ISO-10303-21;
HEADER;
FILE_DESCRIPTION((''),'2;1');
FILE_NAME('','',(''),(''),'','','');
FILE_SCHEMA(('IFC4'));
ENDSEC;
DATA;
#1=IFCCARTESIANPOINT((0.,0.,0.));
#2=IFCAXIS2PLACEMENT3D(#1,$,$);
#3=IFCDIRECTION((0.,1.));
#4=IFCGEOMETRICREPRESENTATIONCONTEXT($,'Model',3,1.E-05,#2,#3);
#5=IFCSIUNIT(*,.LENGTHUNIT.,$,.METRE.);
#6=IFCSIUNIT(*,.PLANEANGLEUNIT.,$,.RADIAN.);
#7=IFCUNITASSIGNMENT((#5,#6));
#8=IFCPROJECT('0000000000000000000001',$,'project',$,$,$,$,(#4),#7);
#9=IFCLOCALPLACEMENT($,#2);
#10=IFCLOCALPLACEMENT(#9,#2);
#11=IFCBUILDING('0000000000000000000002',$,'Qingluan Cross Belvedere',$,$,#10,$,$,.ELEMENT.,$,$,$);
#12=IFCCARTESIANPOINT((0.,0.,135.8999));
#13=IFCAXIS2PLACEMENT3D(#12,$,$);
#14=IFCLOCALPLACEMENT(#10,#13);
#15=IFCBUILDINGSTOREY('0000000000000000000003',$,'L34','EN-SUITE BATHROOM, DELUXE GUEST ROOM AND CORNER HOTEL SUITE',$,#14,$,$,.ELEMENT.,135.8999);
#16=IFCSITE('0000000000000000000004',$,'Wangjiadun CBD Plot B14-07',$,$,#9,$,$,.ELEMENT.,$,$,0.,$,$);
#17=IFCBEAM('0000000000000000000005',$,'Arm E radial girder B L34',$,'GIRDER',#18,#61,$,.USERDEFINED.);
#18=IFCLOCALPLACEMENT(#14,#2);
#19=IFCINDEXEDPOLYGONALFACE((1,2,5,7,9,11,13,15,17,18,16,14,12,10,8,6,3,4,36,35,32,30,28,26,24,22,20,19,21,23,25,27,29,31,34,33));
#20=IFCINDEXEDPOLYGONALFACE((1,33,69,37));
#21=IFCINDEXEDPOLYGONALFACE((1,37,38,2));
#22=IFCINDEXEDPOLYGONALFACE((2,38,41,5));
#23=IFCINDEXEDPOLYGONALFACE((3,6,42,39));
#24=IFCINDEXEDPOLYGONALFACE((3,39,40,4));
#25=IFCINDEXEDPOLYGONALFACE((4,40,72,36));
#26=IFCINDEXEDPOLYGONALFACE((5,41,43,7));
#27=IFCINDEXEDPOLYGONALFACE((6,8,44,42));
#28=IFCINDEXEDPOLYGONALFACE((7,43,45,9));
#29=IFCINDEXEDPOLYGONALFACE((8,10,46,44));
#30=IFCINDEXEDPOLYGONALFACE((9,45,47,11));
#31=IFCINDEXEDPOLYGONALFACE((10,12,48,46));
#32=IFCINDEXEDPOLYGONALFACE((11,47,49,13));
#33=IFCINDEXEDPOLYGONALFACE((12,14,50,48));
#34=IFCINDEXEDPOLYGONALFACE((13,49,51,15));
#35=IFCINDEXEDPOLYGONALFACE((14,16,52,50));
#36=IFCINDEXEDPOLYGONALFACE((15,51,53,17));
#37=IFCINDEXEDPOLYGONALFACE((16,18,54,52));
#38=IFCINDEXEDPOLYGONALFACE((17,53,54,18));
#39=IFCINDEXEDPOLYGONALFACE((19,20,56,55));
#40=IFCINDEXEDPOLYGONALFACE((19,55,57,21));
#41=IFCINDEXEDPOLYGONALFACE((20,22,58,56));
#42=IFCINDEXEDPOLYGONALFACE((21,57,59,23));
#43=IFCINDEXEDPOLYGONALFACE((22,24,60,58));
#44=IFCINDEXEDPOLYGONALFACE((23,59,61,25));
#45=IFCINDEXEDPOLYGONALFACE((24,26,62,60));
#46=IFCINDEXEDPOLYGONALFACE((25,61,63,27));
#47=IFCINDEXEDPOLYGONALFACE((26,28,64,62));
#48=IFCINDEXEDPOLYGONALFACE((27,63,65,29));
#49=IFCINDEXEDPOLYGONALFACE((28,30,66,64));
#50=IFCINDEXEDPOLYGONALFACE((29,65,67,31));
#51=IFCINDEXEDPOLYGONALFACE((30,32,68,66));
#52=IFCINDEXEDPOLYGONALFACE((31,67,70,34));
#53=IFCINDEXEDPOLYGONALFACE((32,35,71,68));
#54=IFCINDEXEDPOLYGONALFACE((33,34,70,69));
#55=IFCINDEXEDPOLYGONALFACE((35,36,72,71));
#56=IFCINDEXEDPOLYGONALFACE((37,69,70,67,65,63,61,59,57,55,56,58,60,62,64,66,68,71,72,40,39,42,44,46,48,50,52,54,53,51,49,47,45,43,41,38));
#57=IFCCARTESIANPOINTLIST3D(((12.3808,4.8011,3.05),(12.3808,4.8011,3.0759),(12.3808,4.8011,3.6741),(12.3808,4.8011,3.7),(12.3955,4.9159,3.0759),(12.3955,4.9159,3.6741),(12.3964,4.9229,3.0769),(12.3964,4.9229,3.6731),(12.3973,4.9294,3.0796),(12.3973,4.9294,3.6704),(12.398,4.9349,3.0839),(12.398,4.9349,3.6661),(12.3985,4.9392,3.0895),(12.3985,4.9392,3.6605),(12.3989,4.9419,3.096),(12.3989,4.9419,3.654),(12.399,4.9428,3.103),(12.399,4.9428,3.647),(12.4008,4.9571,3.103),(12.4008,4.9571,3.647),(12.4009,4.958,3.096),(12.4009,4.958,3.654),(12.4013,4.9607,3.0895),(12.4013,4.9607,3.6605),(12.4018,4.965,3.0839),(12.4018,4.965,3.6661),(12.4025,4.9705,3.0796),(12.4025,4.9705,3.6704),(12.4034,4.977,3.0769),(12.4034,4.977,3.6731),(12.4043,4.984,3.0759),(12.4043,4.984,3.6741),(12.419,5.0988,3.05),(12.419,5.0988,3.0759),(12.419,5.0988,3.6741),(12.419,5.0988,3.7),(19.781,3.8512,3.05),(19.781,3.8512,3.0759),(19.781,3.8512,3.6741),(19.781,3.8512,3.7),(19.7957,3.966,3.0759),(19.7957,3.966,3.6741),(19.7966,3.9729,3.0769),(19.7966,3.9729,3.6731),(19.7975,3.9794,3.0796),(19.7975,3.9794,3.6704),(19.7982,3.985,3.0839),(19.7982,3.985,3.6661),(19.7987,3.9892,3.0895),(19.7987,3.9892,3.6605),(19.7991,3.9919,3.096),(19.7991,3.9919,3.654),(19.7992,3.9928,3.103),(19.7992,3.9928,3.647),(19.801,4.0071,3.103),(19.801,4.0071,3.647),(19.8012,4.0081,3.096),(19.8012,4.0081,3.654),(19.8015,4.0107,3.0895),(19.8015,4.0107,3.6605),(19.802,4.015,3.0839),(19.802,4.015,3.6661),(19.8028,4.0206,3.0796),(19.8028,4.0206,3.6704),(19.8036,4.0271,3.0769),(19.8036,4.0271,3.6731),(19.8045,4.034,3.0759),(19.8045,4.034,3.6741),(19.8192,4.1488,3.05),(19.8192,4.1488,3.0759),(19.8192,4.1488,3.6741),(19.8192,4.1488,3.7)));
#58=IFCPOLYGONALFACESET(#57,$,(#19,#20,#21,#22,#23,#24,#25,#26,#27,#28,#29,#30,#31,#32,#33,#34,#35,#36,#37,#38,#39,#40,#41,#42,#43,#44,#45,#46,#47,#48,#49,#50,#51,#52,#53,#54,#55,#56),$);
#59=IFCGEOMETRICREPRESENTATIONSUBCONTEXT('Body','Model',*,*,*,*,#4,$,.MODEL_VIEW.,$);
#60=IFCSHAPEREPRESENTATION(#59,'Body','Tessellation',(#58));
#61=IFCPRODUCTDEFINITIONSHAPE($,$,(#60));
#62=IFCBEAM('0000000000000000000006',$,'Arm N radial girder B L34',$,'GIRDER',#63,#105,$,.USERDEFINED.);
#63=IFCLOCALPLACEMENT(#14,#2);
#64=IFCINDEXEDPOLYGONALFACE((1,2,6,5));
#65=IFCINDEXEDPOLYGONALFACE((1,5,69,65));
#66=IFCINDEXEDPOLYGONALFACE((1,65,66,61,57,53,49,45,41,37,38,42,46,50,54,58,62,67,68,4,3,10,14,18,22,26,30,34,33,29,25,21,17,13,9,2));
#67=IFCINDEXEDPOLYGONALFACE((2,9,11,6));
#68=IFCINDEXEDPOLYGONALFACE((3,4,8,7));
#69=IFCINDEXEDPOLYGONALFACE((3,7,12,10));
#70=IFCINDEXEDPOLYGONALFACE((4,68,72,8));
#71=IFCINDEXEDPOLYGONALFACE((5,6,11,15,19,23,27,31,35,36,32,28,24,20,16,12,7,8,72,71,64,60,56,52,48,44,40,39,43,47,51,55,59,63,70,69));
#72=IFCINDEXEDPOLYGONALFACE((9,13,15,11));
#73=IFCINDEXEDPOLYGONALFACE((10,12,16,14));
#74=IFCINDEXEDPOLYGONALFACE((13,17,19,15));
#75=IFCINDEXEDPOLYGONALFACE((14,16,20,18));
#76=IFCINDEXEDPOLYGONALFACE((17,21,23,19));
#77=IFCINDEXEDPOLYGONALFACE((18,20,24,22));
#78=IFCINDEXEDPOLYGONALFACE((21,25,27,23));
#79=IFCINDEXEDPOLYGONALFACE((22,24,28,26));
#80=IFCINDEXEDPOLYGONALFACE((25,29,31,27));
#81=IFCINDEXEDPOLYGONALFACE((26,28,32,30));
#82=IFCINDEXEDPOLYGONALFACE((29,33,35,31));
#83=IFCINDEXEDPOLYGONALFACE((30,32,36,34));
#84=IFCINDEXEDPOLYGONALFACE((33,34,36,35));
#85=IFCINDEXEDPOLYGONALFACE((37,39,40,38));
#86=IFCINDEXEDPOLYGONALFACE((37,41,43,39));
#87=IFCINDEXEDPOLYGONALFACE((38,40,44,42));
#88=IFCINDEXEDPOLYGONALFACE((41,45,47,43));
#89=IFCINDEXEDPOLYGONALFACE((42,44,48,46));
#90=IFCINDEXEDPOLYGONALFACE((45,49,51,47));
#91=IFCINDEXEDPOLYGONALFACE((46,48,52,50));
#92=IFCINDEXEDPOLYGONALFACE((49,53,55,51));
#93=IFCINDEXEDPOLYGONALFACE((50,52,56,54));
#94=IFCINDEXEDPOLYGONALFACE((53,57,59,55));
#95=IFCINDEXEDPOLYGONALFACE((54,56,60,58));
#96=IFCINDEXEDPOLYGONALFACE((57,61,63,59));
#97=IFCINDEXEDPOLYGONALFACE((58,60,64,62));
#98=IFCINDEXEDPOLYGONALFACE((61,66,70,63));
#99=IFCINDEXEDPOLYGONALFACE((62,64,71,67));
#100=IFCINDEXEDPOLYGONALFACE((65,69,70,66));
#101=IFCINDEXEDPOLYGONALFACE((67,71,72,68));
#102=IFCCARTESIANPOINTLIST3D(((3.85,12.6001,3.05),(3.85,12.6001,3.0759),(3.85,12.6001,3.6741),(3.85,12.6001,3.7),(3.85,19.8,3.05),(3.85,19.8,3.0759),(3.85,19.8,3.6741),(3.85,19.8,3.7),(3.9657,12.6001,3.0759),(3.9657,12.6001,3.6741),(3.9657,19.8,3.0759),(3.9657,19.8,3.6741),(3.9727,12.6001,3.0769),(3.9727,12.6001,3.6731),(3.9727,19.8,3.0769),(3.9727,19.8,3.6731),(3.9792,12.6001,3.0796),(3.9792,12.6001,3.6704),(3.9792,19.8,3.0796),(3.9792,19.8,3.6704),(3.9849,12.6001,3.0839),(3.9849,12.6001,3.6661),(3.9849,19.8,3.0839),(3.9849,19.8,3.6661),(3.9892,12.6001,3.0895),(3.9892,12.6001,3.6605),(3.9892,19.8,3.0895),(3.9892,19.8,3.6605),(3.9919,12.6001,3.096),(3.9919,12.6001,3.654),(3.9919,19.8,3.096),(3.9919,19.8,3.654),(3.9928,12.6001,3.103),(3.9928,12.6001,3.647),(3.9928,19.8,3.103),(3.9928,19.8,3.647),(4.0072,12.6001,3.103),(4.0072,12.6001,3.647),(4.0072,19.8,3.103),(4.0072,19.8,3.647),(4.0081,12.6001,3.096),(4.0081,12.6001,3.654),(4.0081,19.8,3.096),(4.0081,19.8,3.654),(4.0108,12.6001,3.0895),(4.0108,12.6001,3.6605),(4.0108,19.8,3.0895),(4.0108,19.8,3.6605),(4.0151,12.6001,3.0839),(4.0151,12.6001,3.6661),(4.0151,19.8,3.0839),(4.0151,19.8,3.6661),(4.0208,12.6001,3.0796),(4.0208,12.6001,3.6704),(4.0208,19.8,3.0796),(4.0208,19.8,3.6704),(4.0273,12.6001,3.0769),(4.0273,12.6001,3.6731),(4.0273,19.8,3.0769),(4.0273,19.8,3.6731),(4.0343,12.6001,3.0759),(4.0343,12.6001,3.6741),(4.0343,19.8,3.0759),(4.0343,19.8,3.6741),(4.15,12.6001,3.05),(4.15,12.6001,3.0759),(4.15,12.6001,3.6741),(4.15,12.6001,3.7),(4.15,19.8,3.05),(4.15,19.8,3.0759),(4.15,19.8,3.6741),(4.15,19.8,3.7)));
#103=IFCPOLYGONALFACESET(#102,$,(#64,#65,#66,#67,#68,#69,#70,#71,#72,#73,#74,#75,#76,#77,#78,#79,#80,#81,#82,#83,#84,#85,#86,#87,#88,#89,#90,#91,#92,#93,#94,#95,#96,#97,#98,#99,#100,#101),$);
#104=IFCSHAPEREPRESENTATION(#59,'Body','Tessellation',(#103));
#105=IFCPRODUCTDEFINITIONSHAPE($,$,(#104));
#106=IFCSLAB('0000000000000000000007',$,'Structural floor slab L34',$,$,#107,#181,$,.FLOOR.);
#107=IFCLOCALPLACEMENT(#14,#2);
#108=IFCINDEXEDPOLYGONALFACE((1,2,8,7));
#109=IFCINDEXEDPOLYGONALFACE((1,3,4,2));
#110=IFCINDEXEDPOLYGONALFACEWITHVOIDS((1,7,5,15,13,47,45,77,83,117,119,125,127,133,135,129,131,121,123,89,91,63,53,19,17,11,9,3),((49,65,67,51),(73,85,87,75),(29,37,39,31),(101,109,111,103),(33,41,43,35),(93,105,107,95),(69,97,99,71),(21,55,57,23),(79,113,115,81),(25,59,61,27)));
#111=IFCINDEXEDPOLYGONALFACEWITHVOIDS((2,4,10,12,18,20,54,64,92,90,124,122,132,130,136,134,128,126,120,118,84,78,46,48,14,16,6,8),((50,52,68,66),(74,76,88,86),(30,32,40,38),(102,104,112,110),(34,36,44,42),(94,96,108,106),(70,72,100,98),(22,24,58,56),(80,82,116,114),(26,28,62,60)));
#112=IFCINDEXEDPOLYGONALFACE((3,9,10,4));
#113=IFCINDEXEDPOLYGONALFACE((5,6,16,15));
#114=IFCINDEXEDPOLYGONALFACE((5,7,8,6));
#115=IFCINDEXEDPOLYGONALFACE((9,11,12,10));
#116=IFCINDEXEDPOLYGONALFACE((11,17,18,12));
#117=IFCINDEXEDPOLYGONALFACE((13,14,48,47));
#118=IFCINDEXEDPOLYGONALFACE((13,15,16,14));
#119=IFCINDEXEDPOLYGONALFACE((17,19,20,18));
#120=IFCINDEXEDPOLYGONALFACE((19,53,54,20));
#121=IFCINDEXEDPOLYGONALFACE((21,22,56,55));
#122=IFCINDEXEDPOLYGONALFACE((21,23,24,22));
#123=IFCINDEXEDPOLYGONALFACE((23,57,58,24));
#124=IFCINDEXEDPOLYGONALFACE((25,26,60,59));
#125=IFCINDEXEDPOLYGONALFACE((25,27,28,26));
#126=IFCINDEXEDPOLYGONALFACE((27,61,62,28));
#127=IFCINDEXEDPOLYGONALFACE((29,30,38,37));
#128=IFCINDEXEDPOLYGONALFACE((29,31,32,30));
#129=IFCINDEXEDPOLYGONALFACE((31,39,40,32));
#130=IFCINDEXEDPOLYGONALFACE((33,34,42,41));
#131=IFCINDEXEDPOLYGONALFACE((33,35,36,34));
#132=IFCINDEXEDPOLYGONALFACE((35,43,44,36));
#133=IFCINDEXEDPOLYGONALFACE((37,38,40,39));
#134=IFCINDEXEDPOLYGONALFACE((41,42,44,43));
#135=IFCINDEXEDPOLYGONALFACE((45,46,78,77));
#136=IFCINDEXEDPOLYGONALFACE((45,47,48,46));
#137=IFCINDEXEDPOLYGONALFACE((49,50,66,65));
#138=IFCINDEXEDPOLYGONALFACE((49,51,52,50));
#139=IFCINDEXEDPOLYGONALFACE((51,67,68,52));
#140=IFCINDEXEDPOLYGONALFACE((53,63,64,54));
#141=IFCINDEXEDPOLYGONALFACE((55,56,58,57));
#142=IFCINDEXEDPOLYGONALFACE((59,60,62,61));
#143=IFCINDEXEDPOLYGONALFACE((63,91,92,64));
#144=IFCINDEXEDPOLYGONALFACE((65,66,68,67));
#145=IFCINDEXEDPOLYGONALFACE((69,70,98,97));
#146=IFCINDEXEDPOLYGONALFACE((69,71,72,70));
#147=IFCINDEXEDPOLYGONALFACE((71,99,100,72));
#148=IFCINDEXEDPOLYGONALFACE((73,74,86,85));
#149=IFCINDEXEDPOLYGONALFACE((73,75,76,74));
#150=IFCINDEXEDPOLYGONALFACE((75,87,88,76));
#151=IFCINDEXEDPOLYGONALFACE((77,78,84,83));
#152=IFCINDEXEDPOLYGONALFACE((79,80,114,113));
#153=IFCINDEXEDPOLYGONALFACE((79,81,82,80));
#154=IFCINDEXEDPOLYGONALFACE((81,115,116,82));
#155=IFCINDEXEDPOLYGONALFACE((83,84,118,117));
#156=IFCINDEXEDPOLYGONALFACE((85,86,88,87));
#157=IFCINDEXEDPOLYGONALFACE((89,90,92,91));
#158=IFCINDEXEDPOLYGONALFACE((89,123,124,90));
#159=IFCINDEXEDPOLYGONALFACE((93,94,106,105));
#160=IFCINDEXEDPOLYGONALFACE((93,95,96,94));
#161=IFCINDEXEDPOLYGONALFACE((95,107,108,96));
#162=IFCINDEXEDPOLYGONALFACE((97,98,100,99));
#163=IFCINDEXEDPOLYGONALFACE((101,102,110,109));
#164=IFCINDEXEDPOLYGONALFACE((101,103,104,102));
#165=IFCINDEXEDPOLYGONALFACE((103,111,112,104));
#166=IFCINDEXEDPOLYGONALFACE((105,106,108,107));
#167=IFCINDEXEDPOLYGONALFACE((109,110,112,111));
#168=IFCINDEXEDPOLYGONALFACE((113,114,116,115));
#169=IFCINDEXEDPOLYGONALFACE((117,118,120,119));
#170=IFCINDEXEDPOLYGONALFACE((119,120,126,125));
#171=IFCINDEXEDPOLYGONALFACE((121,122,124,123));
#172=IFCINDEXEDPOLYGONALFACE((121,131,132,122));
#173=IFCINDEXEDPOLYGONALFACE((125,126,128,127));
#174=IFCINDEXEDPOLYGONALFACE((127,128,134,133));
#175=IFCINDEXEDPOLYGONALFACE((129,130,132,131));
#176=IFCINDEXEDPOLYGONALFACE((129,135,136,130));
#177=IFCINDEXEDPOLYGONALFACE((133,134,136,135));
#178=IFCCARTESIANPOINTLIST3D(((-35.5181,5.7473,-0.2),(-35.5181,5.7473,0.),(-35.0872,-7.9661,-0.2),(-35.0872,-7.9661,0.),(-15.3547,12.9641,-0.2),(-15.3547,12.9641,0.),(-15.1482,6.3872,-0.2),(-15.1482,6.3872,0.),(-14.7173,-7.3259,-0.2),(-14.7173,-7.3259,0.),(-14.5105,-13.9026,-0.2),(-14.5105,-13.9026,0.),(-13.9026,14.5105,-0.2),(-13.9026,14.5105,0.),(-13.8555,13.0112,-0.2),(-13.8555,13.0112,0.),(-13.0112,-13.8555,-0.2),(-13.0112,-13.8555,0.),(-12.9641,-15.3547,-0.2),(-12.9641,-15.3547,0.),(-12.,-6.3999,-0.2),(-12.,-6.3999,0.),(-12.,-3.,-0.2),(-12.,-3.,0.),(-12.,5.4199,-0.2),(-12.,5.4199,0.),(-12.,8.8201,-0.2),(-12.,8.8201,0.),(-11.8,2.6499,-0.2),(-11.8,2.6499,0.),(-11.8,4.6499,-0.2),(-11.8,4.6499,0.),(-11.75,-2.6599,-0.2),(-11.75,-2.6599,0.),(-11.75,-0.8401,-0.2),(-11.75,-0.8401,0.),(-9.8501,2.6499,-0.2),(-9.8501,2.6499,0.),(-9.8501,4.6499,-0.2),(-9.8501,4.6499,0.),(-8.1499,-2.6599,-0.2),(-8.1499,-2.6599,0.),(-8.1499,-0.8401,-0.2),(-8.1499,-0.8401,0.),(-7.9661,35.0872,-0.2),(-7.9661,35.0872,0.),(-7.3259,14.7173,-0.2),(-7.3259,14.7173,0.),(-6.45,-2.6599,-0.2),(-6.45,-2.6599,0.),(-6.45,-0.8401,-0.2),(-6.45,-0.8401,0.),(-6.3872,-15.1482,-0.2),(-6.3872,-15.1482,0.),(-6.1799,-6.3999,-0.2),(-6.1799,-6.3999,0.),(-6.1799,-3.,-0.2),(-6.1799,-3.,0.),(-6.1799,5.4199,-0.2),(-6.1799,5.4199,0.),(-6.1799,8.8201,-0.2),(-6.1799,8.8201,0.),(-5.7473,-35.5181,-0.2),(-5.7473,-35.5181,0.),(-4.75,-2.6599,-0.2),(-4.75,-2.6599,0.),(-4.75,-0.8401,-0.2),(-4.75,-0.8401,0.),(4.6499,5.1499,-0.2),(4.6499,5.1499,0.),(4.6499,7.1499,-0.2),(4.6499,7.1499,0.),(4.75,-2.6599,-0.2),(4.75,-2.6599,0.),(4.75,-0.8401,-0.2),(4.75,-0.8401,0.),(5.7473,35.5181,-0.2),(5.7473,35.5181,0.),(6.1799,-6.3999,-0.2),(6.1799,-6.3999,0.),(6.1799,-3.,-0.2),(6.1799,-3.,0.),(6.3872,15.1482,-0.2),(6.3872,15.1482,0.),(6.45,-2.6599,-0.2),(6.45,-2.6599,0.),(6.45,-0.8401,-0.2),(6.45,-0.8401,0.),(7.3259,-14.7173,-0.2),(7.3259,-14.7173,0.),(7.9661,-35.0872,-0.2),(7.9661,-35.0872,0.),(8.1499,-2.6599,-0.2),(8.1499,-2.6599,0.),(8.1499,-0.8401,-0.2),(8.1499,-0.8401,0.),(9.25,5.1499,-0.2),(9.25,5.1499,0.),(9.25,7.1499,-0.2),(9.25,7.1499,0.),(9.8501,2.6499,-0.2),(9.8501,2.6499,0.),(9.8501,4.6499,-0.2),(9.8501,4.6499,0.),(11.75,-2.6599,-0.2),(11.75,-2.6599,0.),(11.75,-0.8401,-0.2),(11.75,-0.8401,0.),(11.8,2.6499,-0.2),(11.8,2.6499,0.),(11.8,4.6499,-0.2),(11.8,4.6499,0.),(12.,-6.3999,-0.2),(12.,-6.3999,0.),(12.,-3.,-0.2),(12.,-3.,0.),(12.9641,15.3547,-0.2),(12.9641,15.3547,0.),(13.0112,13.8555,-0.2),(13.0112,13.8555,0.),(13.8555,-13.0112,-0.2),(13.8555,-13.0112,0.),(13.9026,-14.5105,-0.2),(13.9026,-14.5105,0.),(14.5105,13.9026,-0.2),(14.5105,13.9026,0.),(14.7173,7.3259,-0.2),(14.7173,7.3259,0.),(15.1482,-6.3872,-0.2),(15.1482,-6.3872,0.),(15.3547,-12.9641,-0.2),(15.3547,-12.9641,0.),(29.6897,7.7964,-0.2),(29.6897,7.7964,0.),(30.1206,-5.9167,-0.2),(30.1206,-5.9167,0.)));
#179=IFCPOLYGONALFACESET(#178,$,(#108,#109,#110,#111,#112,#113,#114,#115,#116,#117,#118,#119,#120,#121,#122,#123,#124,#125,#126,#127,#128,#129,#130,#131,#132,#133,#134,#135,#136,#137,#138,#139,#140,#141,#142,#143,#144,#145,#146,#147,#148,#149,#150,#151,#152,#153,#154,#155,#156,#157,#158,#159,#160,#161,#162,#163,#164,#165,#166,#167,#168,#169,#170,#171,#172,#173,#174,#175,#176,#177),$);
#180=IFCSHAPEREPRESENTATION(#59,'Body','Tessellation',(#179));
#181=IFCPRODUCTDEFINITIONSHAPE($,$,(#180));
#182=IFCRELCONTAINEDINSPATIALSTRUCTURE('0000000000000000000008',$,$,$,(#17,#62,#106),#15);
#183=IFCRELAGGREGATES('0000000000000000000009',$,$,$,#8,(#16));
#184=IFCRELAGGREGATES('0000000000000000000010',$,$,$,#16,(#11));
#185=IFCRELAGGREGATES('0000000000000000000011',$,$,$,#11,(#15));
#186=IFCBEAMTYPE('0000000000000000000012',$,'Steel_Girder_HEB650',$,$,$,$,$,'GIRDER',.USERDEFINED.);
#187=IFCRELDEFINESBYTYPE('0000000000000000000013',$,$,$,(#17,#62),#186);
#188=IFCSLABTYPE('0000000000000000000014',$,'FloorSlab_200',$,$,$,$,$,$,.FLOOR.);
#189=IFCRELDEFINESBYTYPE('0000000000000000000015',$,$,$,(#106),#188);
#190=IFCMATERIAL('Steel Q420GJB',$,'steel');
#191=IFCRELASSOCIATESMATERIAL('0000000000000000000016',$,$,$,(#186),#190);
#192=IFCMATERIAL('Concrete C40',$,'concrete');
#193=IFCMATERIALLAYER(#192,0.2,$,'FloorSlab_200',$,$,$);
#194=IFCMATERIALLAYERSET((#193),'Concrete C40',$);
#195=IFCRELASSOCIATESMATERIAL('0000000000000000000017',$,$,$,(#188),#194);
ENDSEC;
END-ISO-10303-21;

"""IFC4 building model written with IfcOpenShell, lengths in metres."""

from ifc_helpers import new_model, si_unit, direction, frame, origin, origin_2d, place, context, subcontext, project, spatial, polyline, i_section, outline, extrude, material, layer, layer_set, material_profile, profile_set, type_object, element, save


model = new_model("IFC4")

# Units and contexts
model_context = context("Model", 3, precision=1e-05, world=origin(), true_north=direction((0.0, 1.0)))
body_context = subcontext(model_context, "Body", "Model", "MODEL_VIEW")
ifc_project = project(units=[si_unit("LENGTHUNIT", "METRE"), si_unit("PLANEANGLEUNIT", "RADIAN")], contexts=[model_context])

# Site, building, storey
site_placement = place(None, origin())
site = spatial("IfcSite", under=ifc_project, at=site_placement, Name="Wangjiadun CBD Plot B14-07", CompositionType="ELEMENT", RefElevation=0.0)
building_placement = place(site_placement, origin())
building = spatial("IfcBuilding", under=site, at=building_placement, Name="Qingluan Cross Belvedere", CompositionType="ELEMENT")
storey_placement = place(building_placement, frame((0.0, 0.0, 135.8999)))
storey = spatial("IfcBuildingStorey", under=building, at=storey_placement, Name="L34", Description="EN-SUITE BATHROOM, DELUXE GUEST ROOM AND CORNER HOTEL SUITE", CompositionType="ELEMENT", Elevation=135.8999)

# Beams
ifc_material_1 = material(Name="Steel Q420GJB", Category="steel")
ifc_material_profile_1 = material_profile(ifc_material_1, i_section(OverallWidth=0.3, OverallDepth=0.6499, WebThickness=0.0144, FlangeThickness=0.0259, FilletRadius=0.0271, at=origin_2d()), Name="HEB650")
ifc_profile_set_1 = profile_set([ifc_material_profile_1], Name="Steel Q420GJB")
beam_type_1 = type_object("IfcBeamType", Name="Steel_Girder_HEB650", ElementType="GIRDER", PredefinedType="USERDEFINED", material=ifc_profile_set_1)
beam_1_placement = place(storey_placement, frame((12.3999, 4.95, 3.375), z_axis=(0.991861, -0.127324, 0.0), x_axis=(0.127324, 0.991861, 0.0)))
element("IfcBeam", 1, at=beam_1_placement, inside=storey, type_object=beam_type_1, Name="Arm E radial girder B L34", ObjectType="GIRDER", PredefinedType="USERDEFINED", context=body_context, shape_type="SweptSolid", body=[
    extrude(i_section(OverallWidth=0.3, OverallDepth=0.6499, WebThickness=0.0144, FlangeThickness=0.0259, FilletRadius=0.0271, at=origin_2d()), origin(), (0.0, 0.0, 1.0), 7.4609),
])
beam_2_placement = place(storey_placement, frame((4.0, 12.6001, 3.375), z_axis=(0.0, 1.0, 0.0), x_axis=(-1.0, 0.0, 0.0)))
element("IfcBeam", 2, at=beam_2_placement, inside=storey, type_object=beam_type_1, Name="Arm N radial girder B L34", ObjectType="GIRDER", PredefinedType="USERDEFINED", context=body_context, shape_type="SweptSolid", body=[
    extrude(i_section(OverallWidth=0.3, OverallDepth=0.6499, WebThickness=0.0144, FlangeThickness=0.0259, FilletRadius=0.0271, at=origin_2d()), origin(), (0.0, 0.0, 1.0), 7.2),
])

# Slab
ifc_material_2 = material(Name="Concrete C40", Category="concrete")
ifc_layer_1 = layer(ifc_material_2, 0.2, Name="FloorSlab_200")
ifc_layer_set_1 = layer_set([ifc_layer_1], Name="Concrete C40")
slab_type_1 = type_object("IfcSlabType", Name="FloorSlab_200", PredefinedType="FLOOR", material=ifc_layer_set_1)
slab_1_placement = place(storey_placement, frame((0.0, 0.0, -0.2)))
element("IfcSlab", 3, at=slab_1_placement, inside=storey, type_object=slab_type_1, Name="Structural floor slab L34", PredefinedType="FLOOR", context=body_context, shape_type="SweptSolid", body=[
    extrude(outline(polyline([(7.9661, -35.0872), (7.3259, -14.7173), (13.9026, -14.5105), (13.8555, -13.0112), (15.3547, -12.9641), (15.1482, -6.3872), (30.1206, -5.9167), (29.6897, 7.7964), (14.7173, 7.3259), (14.5105, 13.9026), (13.0112, 13.8555), (12.9641, 15.3547), (6.3872, 15.1482), (5.7473, 35.5181), (-7.9661, 35.0872), (-7.3259, 14.7173), (-13.9026, 14.5105), (-13.8555, 13.0112), (-15.3547, 12.9641), (-15.1482, 6.3872), (-35.5181, 5.7473), (-35.0872, -7.9661), (-14.7173, -7.3259), (-14.5105, -13.9026), (-13.0112, -13.8555), (-12.9641, -15.3547), (-6.3872, -15.1482), (-5.7473, -35.5181), (7.9661, -35.0872)]), holes=[polyline([(-12.0, -3.0), (-6.1799, -3.0), (-6.1799, -6.3999), (-12.0, -6.3999), (-12.0, -3.0)]), polyline([(6.1799, -3.0), (12.0, -3.0), (12.0, -6.3999), (6.1799, -6.3999), (6.1799, -3.0)]), polyline([(-12.0, 8.8201), (-6.1799, 8.8201), (-6.1799, 5.4199), (-12.0, 5.4199), (-12.0, 8.8201)]), polyline([(-11.8, 4.6499), (-9.8501, 4.6499), (-9.8501, 2.6499), (-11.8, 2.6499), (-11.8, 4.6499)]), polyline([(9.8501, 4.6499), (11.8, 4.6499), (11.8, 2.6499), (9.8501, 2.6499), (9.8501, 4.6499)]), polyline([(-11.75, -0.8401), (-8.1499, -0.8401), (-8.1499, -2.6599), (-11.75, -2.6599), (-11.75, -0.8401)]), polyline([(-6.45, -0.8401), (-4.75, -0.8401), (-4.75, -2.6599), (-6.45, -2.6599), (-6.45, -0.8401)]), polyline([(4.75, -0.8401), (6.45, -0.8401), (6.45, -2.6599), (4.75, -2.6599), (4.75, -0.8401)]), polyline([(8.1499, -0.8401), (11.75, -0.8401), (11.75, -2.6599), (8.1499, -2.6599), (8.1499, -0.8401)]), polyline([(4.6499, 7.1499), (9.25, 7.1499), (9.25, 5.1499), (4.6499, 5.1499), (4.6499, 7.1499)])]), origin(), (0.0, 0.0, 1.0), 0.2),
])

save(model, "model.ifc")
